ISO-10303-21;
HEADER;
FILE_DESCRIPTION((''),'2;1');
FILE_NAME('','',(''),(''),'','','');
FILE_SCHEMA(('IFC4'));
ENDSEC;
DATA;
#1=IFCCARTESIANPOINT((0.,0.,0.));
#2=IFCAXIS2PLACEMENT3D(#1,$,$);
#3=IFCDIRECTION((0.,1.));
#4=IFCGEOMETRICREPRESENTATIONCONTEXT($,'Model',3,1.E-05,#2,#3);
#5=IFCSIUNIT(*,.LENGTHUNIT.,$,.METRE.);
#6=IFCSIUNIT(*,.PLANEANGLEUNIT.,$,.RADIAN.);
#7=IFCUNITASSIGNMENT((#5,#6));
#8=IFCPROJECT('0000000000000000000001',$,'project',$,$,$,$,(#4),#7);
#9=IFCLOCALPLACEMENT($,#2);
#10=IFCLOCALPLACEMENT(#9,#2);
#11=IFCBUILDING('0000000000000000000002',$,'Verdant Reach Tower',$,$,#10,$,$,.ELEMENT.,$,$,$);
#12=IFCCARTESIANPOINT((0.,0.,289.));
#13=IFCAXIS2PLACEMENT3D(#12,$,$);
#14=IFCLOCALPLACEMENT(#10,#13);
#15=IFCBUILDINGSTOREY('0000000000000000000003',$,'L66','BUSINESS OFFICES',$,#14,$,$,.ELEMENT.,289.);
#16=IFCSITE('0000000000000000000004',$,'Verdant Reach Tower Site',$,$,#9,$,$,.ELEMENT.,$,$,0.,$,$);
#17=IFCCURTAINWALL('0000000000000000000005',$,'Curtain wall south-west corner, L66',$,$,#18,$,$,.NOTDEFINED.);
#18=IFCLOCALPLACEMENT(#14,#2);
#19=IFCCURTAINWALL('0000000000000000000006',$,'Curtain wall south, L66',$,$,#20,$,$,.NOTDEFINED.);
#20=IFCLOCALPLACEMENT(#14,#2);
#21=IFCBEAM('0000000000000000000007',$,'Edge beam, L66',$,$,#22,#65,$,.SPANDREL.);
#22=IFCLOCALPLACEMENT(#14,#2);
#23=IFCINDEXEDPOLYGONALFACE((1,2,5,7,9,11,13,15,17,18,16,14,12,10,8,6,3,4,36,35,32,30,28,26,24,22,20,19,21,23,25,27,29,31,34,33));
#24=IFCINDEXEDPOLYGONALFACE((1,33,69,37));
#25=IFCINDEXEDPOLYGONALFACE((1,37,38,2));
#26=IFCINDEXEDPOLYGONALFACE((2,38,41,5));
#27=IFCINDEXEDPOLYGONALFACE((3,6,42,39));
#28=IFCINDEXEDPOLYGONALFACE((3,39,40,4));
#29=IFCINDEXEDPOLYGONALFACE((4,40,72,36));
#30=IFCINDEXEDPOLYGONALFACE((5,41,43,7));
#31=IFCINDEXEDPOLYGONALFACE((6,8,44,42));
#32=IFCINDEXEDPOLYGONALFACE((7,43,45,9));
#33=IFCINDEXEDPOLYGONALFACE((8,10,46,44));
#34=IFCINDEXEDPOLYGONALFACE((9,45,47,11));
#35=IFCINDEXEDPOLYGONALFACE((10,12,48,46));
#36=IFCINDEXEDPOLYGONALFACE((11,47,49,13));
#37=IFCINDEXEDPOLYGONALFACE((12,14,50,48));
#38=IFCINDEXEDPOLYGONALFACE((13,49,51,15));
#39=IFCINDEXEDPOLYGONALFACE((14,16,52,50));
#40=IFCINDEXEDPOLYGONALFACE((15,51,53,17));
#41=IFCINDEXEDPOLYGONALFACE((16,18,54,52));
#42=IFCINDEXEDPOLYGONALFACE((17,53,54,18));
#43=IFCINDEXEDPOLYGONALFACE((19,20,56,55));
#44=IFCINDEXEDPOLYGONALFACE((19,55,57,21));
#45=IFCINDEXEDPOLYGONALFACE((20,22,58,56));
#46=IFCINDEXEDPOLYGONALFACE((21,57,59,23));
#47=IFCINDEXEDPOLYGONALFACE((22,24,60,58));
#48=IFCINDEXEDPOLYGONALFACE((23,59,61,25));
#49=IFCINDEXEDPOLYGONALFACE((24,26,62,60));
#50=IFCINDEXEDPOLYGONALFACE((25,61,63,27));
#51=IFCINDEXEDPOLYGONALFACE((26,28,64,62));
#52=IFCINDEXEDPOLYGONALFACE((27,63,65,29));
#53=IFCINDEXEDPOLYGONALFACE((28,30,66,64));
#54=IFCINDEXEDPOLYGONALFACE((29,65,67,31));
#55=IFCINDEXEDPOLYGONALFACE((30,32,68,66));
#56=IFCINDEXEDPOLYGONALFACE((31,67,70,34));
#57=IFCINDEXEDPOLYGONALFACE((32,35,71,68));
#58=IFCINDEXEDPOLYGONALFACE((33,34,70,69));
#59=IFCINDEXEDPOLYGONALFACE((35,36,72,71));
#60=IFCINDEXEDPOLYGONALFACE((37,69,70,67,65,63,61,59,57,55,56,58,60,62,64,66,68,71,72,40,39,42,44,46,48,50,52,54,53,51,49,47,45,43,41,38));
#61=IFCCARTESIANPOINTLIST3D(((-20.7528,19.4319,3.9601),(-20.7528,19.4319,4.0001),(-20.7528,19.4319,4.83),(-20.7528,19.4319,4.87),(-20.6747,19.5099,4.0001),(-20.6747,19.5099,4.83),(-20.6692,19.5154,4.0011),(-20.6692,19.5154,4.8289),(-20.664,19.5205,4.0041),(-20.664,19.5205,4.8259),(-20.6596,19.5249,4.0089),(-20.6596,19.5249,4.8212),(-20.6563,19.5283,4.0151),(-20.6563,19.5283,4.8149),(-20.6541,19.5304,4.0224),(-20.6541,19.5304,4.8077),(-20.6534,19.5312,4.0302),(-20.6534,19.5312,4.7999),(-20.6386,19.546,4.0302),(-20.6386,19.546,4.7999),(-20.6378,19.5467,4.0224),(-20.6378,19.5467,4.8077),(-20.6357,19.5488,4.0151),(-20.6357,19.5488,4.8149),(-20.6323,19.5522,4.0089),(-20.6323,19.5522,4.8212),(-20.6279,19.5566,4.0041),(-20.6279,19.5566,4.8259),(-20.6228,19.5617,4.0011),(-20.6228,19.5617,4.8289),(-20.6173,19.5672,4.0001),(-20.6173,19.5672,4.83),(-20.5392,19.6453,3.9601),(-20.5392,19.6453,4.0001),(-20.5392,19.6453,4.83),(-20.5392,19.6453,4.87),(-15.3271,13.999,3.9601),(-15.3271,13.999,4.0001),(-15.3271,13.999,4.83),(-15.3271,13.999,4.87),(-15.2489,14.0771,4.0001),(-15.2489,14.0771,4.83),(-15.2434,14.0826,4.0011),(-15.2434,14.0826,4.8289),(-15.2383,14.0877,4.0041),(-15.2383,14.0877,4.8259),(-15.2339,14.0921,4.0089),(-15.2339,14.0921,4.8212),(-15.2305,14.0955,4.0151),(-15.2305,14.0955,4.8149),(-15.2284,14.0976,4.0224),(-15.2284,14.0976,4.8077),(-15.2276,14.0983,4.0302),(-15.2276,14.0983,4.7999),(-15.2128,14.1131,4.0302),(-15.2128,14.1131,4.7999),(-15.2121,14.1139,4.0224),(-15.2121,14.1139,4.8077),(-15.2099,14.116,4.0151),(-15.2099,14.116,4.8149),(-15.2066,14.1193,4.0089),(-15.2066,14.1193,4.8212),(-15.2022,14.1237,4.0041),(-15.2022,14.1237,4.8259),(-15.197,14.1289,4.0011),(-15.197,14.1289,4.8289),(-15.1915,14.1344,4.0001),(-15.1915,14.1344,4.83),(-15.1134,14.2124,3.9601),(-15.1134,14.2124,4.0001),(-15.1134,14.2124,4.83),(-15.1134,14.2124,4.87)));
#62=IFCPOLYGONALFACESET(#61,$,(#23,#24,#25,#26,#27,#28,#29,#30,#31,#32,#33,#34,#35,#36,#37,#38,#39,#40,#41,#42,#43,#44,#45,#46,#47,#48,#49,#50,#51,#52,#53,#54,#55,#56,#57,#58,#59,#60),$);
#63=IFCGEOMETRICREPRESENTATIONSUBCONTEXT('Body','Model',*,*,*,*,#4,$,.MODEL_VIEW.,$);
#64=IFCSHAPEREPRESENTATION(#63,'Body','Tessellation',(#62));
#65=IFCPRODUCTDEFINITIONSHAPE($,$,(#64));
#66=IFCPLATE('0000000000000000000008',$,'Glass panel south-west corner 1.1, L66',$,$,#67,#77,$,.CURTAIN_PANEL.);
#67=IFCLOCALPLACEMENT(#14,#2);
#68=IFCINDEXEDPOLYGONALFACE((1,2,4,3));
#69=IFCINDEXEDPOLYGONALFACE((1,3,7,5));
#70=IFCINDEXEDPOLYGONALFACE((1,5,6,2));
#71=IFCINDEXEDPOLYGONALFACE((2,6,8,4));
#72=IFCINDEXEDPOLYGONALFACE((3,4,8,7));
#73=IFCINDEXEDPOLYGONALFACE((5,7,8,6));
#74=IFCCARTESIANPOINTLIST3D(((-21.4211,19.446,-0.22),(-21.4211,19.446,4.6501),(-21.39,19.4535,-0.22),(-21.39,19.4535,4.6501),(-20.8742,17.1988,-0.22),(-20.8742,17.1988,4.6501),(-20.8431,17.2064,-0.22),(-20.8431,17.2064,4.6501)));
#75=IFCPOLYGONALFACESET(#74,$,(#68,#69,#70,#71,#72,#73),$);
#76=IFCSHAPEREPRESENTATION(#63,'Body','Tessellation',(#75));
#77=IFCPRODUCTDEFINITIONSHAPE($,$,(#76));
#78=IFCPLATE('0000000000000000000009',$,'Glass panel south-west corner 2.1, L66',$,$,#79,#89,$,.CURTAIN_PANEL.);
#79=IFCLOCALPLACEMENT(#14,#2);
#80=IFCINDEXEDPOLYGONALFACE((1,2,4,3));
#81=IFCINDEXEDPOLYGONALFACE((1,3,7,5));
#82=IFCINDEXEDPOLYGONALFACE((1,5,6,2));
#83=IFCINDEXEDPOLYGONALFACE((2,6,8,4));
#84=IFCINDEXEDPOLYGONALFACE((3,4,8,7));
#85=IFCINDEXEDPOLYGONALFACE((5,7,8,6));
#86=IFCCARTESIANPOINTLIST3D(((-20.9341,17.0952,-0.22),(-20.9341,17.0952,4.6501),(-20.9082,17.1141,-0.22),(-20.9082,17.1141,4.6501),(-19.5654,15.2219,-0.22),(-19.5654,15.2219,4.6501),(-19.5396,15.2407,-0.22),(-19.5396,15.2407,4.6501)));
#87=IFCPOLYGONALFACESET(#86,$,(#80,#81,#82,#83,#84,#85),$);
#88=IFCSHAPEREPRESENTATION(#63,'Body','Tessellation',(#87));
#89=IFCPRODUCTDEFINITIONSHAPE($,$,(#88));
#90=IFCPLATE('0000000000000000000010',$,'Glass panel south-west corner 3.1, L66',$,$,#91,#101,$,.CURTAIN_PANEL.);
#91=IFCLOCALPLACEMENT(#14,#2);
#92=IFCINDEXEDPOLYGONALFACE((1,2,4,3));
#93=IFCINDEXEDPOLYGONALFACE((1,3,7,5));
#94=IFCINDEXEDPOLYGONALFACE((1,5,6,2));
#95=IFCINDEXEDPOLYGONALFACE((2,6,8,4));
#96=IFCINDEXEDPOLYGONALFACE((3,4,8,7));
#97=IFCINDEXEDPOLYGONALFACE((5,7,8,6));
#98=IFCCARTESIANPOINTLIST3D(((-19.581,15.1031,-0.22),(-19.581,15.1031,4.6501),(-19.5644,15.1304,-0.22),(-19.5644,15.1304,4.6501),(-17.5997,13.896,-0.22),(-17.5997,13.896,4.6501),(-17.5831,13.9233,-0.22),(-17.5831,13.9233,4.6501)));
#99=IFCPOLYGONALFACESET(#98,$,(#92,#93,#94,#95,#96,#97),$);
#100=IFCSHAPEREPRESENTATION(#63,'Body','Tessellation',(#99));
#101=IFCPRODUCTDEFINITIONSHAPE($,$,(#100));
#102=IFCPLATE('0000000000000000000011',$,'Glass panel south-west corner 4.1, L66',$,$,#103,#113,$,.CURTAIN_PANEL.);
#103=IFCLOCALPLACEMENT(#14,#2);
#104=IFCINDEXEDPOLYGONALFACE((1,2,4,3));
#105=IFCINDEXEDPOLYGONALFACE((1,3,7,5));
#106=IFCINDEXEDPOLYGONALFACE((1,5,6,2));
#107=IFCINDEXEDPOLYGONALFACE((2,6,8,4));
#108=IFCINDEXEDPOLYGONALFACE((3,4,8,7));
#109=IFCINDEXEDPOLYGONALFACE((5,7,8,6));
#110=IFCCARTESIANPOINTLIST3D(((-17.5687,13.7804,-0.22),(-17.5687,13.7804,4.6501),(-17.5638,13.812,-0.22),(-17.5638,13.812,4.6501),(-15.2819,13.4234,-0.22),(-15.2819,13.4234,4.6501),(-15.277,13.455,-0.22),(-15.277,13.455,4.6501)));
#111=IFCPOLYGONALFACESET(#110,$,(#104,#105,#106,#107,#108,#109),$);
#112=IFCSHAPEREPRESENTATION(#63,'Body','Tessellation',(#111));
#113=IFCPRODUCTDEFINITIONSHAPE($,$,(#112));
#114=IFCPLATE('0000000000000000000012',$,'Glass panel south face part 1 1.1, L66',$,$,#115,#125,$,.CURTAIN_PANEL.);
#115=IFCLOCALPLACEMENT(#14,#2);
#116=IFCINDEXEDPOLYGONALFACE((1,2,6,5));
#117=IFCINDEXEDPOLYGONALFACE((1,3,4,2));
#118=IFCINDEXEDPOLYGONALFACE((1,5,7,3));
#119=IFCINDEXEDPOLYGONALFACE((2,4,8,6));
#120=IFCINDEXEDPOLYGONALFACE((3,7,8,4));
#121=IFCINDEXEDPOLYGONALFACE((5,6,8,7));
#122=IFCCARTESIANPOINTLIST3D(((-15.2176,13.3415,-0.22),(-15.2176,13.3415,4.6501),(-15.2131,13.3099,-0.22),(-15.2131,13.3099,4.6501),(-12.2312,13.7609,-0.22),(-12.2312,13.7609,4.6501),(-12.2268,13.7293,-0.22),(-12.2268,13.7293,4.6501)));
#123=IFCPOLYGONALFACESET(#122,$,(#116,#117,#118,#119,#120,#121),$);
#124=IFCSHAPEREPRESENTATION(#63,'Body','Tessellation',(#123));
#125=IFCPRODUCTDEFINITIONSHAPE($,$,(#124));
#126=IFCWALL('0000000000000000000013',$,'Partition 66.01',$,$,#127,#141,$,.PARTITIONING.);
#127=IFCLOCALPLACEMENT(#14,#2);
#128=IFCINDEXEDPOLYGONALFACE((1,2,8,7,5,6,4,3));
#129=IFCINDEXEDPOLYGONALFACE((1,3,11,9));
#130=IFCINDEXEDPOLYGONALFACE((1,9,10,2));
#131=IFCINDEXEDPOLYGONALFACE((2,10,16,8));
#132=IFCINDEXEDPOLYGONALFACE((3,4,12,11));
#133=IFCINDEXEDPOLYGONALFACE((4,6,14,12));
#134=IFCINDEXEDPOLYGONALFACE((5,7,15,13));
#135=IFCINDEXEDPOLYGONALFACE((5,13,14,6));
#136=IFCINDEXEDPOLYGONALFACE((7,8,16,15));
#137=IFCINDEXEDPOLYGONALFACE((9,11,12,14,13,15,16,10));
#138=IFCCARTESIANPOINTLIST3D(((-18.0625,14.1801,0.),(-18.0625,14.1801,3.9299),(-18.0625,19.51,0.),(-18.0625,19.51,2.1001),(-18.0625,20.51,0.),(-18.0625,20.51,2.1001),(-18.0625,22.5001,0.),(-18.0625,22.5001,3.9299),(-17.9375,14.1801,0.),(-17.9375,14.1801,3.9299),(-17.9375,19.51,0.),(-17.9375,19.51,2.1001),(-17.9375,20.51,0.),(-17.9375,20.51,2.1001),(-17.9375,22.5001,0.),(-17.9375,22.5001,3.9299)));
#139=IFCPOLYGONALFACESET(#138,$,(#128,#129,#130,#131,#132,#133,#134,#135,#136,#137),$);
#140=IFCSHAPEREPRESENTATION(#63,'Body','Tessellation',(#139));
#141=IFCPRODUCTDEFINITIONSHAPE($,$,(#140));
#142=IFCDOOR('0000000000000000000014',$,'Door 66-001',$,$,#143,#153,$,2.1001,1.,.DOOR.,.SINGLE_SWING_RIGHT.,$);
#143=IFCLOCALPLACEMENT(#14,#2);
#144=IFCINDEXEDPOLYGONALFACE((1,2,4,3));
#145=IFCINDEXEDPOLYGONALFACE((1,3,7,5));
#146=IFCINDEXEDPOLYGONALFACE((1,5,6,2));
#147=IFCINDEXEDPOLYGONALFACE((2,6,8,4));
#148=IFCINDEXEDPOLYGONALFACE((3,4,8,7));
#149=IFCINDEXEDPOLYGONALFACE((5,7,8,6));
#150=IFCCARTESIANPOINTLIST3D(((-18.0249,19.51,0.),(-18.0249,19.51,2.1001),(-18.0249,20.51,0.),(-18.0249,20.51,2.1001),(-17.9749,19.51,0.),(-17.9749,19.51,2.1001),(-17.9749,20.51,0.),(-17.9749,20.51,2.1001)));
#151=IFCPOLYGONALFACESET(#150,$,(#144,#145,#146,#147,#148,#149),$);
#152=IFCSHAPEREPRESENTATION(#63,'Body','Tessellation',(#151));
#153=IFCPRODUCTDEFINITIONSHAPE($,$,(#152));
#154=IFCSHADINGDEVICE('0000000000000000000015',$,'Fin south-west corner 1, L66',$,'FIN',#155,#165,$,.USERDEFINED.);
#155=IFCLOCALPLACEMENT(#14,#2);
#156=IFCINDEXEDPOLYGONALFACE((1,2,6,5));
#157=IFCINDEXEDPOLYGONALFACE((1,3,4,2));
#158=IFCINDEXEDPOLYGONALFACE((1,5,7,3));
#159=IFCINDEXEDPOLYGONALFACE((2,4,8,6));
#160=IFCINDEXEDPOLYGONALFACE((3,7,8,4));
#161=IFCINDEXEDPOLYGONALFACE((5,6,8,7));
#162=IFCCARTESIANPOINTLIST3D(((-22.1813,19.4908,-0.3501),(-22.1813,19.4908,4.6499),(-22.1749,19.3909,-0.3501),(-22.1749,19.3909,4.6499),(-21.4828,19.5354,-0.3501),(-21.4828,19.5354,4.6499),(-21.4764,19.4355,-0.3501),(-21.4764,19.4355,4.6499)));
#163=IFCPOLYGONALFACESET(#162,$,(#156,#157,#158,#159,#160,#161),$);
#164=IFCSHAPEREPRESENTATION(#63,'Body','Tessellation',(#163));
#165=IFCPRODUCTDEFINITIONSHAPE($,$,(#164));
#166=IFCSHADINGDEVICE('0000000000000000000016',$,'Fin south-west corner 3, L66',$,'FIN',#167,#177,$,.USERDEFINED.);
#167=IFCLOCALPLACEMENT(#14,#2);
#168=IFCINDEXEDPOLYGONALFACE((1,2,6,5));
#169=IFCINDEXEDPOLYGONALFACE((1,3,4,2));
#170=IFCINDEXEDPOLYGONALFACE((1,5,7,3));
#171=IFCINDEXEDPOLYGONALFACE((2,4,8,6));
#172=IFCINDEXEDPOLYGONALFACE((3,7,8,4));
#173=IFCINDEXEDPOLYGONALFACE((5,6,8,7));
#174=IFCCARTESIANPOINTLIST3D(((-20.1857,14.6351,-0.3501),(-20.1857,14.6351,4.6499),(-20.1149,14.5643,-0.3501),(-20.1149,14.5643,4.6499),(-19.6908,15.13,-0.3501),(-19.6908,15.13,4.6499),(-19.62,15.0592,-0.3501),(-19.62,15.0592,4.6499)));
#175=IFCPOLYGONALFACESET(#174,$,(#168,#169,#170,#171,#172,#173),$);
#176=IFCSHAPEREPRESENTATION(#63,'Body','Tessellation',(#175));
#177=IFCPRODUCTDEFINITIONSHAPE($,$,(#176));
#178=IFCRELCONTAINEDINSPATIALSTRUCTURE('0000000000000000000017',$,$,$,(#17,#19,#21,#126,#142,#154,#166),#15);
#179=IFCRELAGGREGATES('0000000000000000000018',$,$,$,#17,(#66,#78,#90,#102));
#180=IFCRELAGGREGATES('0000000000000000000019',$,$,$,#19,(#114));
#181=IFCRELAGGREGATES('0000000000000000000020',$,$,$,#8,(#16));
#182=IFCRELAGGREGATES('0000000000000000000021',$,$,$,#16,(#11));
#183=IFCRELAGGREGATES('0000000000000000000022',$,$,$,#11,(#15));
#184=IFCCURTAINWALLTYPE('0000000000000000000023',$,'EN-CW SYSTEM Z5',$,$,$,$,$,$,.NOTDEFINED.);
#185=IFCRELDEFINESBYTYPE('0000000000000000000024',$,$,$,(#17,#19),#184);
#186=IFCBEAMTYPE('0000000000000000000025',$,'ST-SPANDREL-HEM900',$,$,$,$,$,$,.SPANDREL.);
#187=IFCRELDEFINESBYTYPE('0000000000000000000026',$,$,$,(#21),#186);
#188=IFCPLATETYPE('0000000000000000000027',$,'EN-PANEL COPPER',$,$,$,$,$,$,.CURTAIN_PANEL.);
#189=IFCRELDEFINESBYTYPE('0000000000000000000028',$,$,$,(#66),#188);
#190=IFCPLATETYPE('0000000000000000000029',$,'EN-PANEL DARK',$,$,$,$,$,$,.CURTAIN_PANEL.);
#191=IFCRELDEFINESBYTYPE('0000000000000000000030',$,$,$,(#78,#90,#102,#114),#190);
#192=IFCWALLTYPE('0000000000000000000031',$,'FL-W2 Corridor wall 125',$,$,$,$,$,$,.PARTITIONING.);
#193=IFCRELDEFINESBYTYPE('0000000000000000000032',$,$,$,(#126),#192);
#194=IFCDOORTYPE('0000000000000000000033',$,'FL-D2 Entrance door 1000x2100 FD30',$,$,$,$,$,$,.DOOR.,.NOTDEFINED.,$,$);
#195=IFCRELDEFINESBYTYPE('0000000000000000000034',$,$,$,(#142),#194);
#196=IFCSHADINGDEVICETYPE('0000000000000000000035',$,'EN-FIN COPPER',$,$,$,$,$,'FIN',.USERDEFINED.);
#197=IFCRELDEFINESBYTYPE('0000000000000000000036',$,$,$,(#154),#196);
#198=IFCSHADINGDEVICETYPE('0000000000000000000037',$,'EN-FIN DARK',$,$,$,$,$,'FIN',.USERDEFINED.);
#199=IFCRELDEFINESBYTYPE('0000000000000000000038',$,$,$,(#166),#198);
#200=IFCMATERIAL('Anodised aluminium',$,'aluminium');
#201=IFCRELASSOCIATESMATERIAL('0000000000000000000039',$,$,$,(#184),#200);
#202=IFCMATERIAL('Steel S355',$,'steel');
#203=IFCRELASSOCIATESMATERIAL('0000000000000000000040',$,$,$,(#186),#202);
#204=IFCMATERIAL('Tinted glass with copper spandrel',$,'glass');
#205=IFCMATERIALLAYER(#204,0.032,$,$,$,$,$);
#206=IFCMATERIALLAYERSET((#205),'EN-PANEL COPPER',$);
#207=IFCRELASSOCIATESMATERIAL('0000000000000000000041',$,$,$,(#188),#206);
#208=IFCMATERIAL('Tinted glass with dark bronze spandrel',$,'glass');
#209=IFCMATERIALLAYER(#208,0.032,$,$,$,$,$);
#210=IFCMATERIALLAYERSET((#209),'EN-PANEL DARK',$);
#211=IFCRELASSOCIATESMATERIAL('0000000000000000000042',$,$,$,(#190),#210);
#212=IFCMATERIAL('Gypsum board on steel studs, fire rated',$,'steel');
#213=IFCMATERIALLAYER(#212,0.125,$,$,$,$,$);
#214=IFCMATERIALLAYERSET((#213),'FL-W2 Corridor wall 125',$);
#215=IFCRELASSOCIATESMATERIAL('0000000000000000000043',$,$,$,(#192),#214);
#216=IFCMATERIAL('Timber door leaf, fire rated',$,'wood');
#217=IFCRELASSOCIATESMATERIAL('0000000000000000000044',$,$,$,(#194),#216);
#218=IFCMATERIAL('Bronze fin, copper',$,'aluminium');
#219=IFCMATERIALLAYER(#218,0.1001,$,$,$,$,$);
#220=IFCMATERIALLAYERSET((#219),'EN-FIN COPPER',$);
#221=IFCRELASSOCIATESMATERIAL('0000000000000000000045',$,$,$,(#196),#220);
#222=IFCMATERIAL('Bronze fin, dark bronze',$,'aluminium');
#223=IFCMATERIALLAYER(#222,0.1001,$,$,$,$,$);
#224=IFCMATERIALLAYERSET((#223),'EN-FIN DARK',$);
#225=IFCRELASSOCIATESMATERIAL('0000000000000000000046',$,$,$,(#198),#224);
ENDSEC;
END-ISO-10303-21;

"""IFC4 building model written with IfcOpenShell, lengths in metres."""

from ifc_helpers import new_model, si_unit, direction, frame, frame_2d, origin, origin_2d, place, context, subcontext, project, spatial, rectangle, i_section, extrude, material, layer, layer_set, material_profile, profile_set, type_object, element, fill, aggregate, save


model = new_model("IFC4")

# Units and contexts
model_context = context("Model", 3, precision=1e-05, world=origin(), true_north=direction((0.0, 1.0)))
body_context = subcontext(model_context, "Body", "Model", "MODEL_VIEW")
ifc_project = project(units=[si_unit("LENGTHUNIT", "METRE"), si_unit("PLANEANGLEUNIT", "RADIAN")], contexts=[model_context])

# Site, building, storey
site_placement = place(None, origin())
site = spatial("IfcSite", under=ifc_project, at=site_placement, Name="Verdant Reach Tower Site", CompositionType="ELEMENT", RefElevation=0.0)
building_placement = place(site_placement, origin())
building = spatial("IfcBuilding", under=site, at=building_placement, Name="Verdant Reach Tower", CompositionType="ELEMENT")
storey_placement = place(building_placement, frame((0.0, 0.0, 289.0)))
storey = spatial("IfcBuildingStorey", under=building, at=storey_placement, Name="L66", Description="BUSINESS OFFICES", CompositionType="ELEMENT", Elevation=289.0)

# Curtain walls
ifc_material_1 = material(Name="Anodised aluminium", Category="aluminium")
curtain_wall_type = type_object("IfcCurtainWallType", Name="EN-CW SYSTEM Z5", PredefinedType="NOTDEFINED", material=ifc_material_1)
curtain_wall_1_placement = place(storey_placement, origin())
curtain_wall_1 = element("IfcCurtainWall", 1, at=curtain_wall_1_placement, inside=storey, type_object=curtain_wall_type, Name="Curtain wall south-west corner, L66", PredefinedType="NOTDEFINED")
curtain_wall_2_placement = place(storey_placement, origin())
curtain_wall_2 = element("IfcCurtainWall", 2, at=curtain_wall_2_placement, inside=storey, type_object=curtain_wall_type, Name="Curtain wall south, L66", PredefinedType="NOTDEFINED")

# Beam
ifc_material_2 = material(Name="Steel S355", Category="steel")
ifc_material_profile_1 = material_profile(ifc_material_2, i_section(OverallWidth=0.302, OverallDepth=0.9099, WebThickness=0.021, FlangeThickness=0.04, FilletRadius=0.03, at=origin_2d()), Name="HEM 900")
ifc_profile_set_1 = profile_set([ifc_material_profile_1], Name="Steel S355")
beam_type_1 = type_object("IfcBeamType", Name="ST-SPANDREL-HEM900", PredefinedType="SPANDREL", material=ifc_profile_set_1)
beam_1_placement = place(storey_placement, frame((-15.2202, 14.1057, 4.415), z_axis=(-0.706646, 0.707568, 0.0), x_axis=(-0.707568, -0.706646, 0.0)))
element("IfcBeam", 3, at=beam_1_placement, inside=storey, type_object=beam_type_1, Name="Edge beam, L66", PredefinedType="SPANDREL", context=body_context, shape_type="SweptSolid", body=[
    extrude(i_section(OverallWidth=0.302, OverallDepth=0.9099, WebThickness=0.021, FlangeThickness=0.04, FilletRadius=0.03, at=origin_2d()), origin(), (0.0, 0.0, 1.0), 7.6782),
])

# Plates
ifc_material_3 = material(Name="Tinted glass with copper spandrel", Category="glass")
ifc_layer_1 = layer(ifc_material_3, 0.032)
ifc_layer_set_1 = layer_set([ifc_layer_1], Name="EN-PANEL COPPER")
plate_type_1 = type_object("IfcPlateType", Name="EN-PANEL COPPER", PredefinedType="CURTAIN_PANEL", material=ifc_layer_set_1)
plate_1_placement = place(storey_placement, frame((-21.1321, 18.3262, -0.22), z_axis=(0.0, 0.0, 1.0), x_axis=(0.236471, -0.971638, 0.0)))
plate_1 = element("IfcPlate", 4, at=plate_1_placement, type_object=plate_type_1, Name="Glass panel south-west corner 1.1, L66", PredefinedType="CURTAIN_PANEL", context=body_context, shape_type="SweptSolid", body=[
    extrude(rectangle(XDim=2.3127, YDim=0.032, at=origin_2d()), origin(), (0.0, 0.0, 1.0), 4.8701),
])
ifc_material_4 = material(Name="Tinted glass with dark bronze spandrel", Category="glass")
ifc_layer_2 = layer(ifc_material_4, 0.032)
ifc_layer_set_2 = layer_set([ifc_layer_2], Name="EN-PANEL DARK")
plate_type_2 = type_object("IfcPlateType", Name="EN-PANEL DARK", PredefinedType="CURTAIN_PANEL", material=ifc_layer_set_2)
plate_2_placement = place(storey_placement, frame((-20.2368, 16.168, -0.22), z_axis=(0.0, 0.0, 1.0), x_axis=(0.589927, -0.807457, 0.0)))
plate_2 = element("IfcPlate", 5, at=plate_2_placement, type_object=plate_type_2, Name="Glass panel south-west corner 2.1, L66", PredefinedType="CURTAIN_PANEL", context=body_context, shape_type="SweptSolid", body=[
    extrude(rectangle(XDim=2.3201, YDim=0.032, at=origin_2d()), origin(), (0.0, 0.0, 1.0), 4.8701),
])
plate_3_placement = place(storey_placement, frame((-18.582, 14.5132, -0.22), z_axis=(0.0, 0.0, 1.0), x_axis=(0.853989, -0.520292, 0.0)))
plate_3 = element("IfcPlate", 6, at=plate_3_placement, type_object=plate_type_2, Name="Glass panel south-west corner 3.1, L66", PredefinedType="CURTAIN_PANEL", context=body_context, shape_type="SweptSolid", body=[
    extrude(rectangle(XDim=2.3201, YDim=0.032, at=origin_2d()), origin(), (0.0, 0.0, 1.0), 4.8701),
])
plate_4_placement = place(storey_placement, frame((-16.4229, 13.6177, -0.22), z_axis=(0.0, 0.0, 1.0), x_axis=(0.988033, -0.15424, 0.0)))
plate_4 = element("IfcPlate", 7, at=plate_4_placement, type_object=plate_type_2, Name="Glass panel south-west corner 4.1, L66", PredefinedType="CURTAIN_PANEL", context=body_context, shape_type="SweptSolid", body=[
    extrude(rectangle(XDim=2.3145, YDim=0.032, at=origin_2d()), origin(), (0.0, 0.0, 1.0), 4.8701),
])
aggregate(curtain_wall_1, [plate_1, plate_2, plate_3, plate_4])
plate_5_placement = place(storey_placement, frame((-13.7222, 13.5354, -0.22), z_axis=(0.0, 0.0, 1.0), x_axis=(0.990282, 0.139077, 0.0)))
plate_5 = element("IfcPlate", 8, at=plate_5_placement, type_object=plate_type_2, Name="Glass panel south face part 1 1.1, L66", PredefinedType="CURTAIN_PANEL", context=body_context, shape_type="SweptSolid", body=[
    extrude(rectangle(XDim=3.0156, YDim=0.032, at=origin_2d()), origin(), (0.0, 0.0, 1.0), 4.8701),
])
aggregate(curtain_wall_2, [plate_5])

# Wall, opening, door
ifc_material_5 = material(Name="Gypsum board on steel studs, fire rated", Category="steel")
ifc_layer_3 = layer(ifc_material_5, 0.125)
ifc_layer_set_3 = layer_set([ifc_layer_3], Name="FL-W2 Corridor wall 125")
wall_type = type_object("IfcWallType", Name="FL-W2 Corridor wall 125", PredefinedType="PARTITIONING", material=ifc_layer_set_3)
wall_placement = place(storey_placement, frame((-18.0, 14.1799, 0.0), z_axis=(0.0, 0.0, 1.0), x_axis=(0.0, 1.0, 0.0)))
wall = element("IfcWall", 9, at=wall_placement, inside=storey, type_object=wall_type, Name="Partition 66.01", PredefinedType="PARTITIONING", context=body_context, shape_type="SweptSolid", body=[
    extrude(rectangle(XDim=8.3201, YDim=0.125, at=frame_2d((4.1602, 0.0))), origin(), (0.0, 0.0, 1.0), 3.9299),
])
opening_placement = place(wall_placement, frame((5.3301, 0.0, 0.0)))
opening = element("IfcOpeningElement", 10, at=opening_placement, cuts=wall, PredefinedType="OPENING", context=body_context, shape_type="SweptSolid", body=[
    extrude(rectangle(XDim=1.0, YDim=2.1001, at=frame_2d((0.5, 1.05))), frame((0.0, 0.0725, 0.0), z_axis=(0.0, -1.0, 0.0), x_axis=(1.0, 0.0, 0.0)), (0.0, 0.0, 1.0), 0.145),
])
ifc_material_6 = material(Name="Timber door leaf, fire rated", Category="wood")
door_type = type_object("IfcDoorType", Name="FL-D2 Entrance door 1000x2100 FD30", OperationType="NOTDEFINED", PredefinedType="DOOR", material=ifc_material_6)
door_placement = place(opening_placement, origin())
door = element("IfcDoor", 11, at=door_placement, inside=storey, type_object=door_type, Name="Door 66-001", OperationType="SINGLE_SWING_RIGHT", OverallHeight=2.1001, OverallWidth=1.0, PredefinedType="DOOR", context=body_context, shape_type="SweptSolid", body=[
    extrude(rectangle(XDim=1.0, YDim=2.1001, at=frame_2d((0.5, 1.05))), frame((0.0, 0.0249, 0.0), z_axis=(0.0, -1.0, 0.0), x_axis=(1.0, 0.0, 0.0)), (0.0, 0.0, 1.0), 0.05),
])
fill(opening, door)

# Shading devices
ifc_material_7 = material(Name="Bronze fin, copper", Category="aluminium")
ifc_layer_4 = layer(ifc_material_7, 0.1001)
ifc_layer_set_4 = layer_set([ifc_layer_4], Name="EN-FIN COPPER")
shading_device_type_1 = type_object("IfcShadingDeviceType", Name="EN-FIN COPPER", ElementType="FIN", PredefinedType="USERDEFINED", material=ifc_layer_set_4)
shading_device_placement = place(storey_placement, frame((-21.8289, 19.4631, -0.3501), z_axis=(0.0, 0.0, 1.0), x_axis=(0.063699, -0.997969, 0.0)))
element("IfcShadingDevice", 12, at=shading_device_placement, inside=storey, type_object=shading_device_type_1, Name="Fin south-west corner 1, L66", ObjectType="FIN", PredefinedType="USERDEFINED", context=body_context, shape_type="SweptSolid", body=[
    extrude(rectangle(XDim=0.1001, YDim=0.7, at=origin_2d()), origin(), (0.0, 0.0, 1.0), 5.0),
])
ifc_material_8 = material(Name="Bronze fin, dark bronze", Category="aluminium")
ifc_layer_5 = layer(ifc_material_8, 0.1001)
ifc_layer_set_5 = layer_set([ifc_layer_5], Name="EN-FIN DARK")
shading_device_type_2 = type_object("IfcShadingDeviceType", Name="EN-FIN DARK", ElementType="FIN", PredefinedType="USERDEFINED", material=ifc_layer_set_5)
for number, where, z_axis, x_axis, name in (
    (13, (-19.9028, 14.8472, -0.3501), (0.0, 0.0, 1.0), (0.707107, -0.707107, 0.0), "Fin south-west corner 3, L66"),
):
    element("IfcShadingDevice", number, at=place(storey_placement, frame(where, z_axis=z_axis, x_axis=x_axis)), inside=storey, type_object=shading_device_type_2, Name=name, ObjectType="FIN", PredefinedType="USERDEFINED", context=body_context, shape_type="SweptSolid", body=[
        extrude(rectangle(XDim=0.1001, YDim=0.7, at=origin_2d()), origin(), (0.0, 0.0, 1.0), 5.0),
    ])

save(model, "model.ifc")
